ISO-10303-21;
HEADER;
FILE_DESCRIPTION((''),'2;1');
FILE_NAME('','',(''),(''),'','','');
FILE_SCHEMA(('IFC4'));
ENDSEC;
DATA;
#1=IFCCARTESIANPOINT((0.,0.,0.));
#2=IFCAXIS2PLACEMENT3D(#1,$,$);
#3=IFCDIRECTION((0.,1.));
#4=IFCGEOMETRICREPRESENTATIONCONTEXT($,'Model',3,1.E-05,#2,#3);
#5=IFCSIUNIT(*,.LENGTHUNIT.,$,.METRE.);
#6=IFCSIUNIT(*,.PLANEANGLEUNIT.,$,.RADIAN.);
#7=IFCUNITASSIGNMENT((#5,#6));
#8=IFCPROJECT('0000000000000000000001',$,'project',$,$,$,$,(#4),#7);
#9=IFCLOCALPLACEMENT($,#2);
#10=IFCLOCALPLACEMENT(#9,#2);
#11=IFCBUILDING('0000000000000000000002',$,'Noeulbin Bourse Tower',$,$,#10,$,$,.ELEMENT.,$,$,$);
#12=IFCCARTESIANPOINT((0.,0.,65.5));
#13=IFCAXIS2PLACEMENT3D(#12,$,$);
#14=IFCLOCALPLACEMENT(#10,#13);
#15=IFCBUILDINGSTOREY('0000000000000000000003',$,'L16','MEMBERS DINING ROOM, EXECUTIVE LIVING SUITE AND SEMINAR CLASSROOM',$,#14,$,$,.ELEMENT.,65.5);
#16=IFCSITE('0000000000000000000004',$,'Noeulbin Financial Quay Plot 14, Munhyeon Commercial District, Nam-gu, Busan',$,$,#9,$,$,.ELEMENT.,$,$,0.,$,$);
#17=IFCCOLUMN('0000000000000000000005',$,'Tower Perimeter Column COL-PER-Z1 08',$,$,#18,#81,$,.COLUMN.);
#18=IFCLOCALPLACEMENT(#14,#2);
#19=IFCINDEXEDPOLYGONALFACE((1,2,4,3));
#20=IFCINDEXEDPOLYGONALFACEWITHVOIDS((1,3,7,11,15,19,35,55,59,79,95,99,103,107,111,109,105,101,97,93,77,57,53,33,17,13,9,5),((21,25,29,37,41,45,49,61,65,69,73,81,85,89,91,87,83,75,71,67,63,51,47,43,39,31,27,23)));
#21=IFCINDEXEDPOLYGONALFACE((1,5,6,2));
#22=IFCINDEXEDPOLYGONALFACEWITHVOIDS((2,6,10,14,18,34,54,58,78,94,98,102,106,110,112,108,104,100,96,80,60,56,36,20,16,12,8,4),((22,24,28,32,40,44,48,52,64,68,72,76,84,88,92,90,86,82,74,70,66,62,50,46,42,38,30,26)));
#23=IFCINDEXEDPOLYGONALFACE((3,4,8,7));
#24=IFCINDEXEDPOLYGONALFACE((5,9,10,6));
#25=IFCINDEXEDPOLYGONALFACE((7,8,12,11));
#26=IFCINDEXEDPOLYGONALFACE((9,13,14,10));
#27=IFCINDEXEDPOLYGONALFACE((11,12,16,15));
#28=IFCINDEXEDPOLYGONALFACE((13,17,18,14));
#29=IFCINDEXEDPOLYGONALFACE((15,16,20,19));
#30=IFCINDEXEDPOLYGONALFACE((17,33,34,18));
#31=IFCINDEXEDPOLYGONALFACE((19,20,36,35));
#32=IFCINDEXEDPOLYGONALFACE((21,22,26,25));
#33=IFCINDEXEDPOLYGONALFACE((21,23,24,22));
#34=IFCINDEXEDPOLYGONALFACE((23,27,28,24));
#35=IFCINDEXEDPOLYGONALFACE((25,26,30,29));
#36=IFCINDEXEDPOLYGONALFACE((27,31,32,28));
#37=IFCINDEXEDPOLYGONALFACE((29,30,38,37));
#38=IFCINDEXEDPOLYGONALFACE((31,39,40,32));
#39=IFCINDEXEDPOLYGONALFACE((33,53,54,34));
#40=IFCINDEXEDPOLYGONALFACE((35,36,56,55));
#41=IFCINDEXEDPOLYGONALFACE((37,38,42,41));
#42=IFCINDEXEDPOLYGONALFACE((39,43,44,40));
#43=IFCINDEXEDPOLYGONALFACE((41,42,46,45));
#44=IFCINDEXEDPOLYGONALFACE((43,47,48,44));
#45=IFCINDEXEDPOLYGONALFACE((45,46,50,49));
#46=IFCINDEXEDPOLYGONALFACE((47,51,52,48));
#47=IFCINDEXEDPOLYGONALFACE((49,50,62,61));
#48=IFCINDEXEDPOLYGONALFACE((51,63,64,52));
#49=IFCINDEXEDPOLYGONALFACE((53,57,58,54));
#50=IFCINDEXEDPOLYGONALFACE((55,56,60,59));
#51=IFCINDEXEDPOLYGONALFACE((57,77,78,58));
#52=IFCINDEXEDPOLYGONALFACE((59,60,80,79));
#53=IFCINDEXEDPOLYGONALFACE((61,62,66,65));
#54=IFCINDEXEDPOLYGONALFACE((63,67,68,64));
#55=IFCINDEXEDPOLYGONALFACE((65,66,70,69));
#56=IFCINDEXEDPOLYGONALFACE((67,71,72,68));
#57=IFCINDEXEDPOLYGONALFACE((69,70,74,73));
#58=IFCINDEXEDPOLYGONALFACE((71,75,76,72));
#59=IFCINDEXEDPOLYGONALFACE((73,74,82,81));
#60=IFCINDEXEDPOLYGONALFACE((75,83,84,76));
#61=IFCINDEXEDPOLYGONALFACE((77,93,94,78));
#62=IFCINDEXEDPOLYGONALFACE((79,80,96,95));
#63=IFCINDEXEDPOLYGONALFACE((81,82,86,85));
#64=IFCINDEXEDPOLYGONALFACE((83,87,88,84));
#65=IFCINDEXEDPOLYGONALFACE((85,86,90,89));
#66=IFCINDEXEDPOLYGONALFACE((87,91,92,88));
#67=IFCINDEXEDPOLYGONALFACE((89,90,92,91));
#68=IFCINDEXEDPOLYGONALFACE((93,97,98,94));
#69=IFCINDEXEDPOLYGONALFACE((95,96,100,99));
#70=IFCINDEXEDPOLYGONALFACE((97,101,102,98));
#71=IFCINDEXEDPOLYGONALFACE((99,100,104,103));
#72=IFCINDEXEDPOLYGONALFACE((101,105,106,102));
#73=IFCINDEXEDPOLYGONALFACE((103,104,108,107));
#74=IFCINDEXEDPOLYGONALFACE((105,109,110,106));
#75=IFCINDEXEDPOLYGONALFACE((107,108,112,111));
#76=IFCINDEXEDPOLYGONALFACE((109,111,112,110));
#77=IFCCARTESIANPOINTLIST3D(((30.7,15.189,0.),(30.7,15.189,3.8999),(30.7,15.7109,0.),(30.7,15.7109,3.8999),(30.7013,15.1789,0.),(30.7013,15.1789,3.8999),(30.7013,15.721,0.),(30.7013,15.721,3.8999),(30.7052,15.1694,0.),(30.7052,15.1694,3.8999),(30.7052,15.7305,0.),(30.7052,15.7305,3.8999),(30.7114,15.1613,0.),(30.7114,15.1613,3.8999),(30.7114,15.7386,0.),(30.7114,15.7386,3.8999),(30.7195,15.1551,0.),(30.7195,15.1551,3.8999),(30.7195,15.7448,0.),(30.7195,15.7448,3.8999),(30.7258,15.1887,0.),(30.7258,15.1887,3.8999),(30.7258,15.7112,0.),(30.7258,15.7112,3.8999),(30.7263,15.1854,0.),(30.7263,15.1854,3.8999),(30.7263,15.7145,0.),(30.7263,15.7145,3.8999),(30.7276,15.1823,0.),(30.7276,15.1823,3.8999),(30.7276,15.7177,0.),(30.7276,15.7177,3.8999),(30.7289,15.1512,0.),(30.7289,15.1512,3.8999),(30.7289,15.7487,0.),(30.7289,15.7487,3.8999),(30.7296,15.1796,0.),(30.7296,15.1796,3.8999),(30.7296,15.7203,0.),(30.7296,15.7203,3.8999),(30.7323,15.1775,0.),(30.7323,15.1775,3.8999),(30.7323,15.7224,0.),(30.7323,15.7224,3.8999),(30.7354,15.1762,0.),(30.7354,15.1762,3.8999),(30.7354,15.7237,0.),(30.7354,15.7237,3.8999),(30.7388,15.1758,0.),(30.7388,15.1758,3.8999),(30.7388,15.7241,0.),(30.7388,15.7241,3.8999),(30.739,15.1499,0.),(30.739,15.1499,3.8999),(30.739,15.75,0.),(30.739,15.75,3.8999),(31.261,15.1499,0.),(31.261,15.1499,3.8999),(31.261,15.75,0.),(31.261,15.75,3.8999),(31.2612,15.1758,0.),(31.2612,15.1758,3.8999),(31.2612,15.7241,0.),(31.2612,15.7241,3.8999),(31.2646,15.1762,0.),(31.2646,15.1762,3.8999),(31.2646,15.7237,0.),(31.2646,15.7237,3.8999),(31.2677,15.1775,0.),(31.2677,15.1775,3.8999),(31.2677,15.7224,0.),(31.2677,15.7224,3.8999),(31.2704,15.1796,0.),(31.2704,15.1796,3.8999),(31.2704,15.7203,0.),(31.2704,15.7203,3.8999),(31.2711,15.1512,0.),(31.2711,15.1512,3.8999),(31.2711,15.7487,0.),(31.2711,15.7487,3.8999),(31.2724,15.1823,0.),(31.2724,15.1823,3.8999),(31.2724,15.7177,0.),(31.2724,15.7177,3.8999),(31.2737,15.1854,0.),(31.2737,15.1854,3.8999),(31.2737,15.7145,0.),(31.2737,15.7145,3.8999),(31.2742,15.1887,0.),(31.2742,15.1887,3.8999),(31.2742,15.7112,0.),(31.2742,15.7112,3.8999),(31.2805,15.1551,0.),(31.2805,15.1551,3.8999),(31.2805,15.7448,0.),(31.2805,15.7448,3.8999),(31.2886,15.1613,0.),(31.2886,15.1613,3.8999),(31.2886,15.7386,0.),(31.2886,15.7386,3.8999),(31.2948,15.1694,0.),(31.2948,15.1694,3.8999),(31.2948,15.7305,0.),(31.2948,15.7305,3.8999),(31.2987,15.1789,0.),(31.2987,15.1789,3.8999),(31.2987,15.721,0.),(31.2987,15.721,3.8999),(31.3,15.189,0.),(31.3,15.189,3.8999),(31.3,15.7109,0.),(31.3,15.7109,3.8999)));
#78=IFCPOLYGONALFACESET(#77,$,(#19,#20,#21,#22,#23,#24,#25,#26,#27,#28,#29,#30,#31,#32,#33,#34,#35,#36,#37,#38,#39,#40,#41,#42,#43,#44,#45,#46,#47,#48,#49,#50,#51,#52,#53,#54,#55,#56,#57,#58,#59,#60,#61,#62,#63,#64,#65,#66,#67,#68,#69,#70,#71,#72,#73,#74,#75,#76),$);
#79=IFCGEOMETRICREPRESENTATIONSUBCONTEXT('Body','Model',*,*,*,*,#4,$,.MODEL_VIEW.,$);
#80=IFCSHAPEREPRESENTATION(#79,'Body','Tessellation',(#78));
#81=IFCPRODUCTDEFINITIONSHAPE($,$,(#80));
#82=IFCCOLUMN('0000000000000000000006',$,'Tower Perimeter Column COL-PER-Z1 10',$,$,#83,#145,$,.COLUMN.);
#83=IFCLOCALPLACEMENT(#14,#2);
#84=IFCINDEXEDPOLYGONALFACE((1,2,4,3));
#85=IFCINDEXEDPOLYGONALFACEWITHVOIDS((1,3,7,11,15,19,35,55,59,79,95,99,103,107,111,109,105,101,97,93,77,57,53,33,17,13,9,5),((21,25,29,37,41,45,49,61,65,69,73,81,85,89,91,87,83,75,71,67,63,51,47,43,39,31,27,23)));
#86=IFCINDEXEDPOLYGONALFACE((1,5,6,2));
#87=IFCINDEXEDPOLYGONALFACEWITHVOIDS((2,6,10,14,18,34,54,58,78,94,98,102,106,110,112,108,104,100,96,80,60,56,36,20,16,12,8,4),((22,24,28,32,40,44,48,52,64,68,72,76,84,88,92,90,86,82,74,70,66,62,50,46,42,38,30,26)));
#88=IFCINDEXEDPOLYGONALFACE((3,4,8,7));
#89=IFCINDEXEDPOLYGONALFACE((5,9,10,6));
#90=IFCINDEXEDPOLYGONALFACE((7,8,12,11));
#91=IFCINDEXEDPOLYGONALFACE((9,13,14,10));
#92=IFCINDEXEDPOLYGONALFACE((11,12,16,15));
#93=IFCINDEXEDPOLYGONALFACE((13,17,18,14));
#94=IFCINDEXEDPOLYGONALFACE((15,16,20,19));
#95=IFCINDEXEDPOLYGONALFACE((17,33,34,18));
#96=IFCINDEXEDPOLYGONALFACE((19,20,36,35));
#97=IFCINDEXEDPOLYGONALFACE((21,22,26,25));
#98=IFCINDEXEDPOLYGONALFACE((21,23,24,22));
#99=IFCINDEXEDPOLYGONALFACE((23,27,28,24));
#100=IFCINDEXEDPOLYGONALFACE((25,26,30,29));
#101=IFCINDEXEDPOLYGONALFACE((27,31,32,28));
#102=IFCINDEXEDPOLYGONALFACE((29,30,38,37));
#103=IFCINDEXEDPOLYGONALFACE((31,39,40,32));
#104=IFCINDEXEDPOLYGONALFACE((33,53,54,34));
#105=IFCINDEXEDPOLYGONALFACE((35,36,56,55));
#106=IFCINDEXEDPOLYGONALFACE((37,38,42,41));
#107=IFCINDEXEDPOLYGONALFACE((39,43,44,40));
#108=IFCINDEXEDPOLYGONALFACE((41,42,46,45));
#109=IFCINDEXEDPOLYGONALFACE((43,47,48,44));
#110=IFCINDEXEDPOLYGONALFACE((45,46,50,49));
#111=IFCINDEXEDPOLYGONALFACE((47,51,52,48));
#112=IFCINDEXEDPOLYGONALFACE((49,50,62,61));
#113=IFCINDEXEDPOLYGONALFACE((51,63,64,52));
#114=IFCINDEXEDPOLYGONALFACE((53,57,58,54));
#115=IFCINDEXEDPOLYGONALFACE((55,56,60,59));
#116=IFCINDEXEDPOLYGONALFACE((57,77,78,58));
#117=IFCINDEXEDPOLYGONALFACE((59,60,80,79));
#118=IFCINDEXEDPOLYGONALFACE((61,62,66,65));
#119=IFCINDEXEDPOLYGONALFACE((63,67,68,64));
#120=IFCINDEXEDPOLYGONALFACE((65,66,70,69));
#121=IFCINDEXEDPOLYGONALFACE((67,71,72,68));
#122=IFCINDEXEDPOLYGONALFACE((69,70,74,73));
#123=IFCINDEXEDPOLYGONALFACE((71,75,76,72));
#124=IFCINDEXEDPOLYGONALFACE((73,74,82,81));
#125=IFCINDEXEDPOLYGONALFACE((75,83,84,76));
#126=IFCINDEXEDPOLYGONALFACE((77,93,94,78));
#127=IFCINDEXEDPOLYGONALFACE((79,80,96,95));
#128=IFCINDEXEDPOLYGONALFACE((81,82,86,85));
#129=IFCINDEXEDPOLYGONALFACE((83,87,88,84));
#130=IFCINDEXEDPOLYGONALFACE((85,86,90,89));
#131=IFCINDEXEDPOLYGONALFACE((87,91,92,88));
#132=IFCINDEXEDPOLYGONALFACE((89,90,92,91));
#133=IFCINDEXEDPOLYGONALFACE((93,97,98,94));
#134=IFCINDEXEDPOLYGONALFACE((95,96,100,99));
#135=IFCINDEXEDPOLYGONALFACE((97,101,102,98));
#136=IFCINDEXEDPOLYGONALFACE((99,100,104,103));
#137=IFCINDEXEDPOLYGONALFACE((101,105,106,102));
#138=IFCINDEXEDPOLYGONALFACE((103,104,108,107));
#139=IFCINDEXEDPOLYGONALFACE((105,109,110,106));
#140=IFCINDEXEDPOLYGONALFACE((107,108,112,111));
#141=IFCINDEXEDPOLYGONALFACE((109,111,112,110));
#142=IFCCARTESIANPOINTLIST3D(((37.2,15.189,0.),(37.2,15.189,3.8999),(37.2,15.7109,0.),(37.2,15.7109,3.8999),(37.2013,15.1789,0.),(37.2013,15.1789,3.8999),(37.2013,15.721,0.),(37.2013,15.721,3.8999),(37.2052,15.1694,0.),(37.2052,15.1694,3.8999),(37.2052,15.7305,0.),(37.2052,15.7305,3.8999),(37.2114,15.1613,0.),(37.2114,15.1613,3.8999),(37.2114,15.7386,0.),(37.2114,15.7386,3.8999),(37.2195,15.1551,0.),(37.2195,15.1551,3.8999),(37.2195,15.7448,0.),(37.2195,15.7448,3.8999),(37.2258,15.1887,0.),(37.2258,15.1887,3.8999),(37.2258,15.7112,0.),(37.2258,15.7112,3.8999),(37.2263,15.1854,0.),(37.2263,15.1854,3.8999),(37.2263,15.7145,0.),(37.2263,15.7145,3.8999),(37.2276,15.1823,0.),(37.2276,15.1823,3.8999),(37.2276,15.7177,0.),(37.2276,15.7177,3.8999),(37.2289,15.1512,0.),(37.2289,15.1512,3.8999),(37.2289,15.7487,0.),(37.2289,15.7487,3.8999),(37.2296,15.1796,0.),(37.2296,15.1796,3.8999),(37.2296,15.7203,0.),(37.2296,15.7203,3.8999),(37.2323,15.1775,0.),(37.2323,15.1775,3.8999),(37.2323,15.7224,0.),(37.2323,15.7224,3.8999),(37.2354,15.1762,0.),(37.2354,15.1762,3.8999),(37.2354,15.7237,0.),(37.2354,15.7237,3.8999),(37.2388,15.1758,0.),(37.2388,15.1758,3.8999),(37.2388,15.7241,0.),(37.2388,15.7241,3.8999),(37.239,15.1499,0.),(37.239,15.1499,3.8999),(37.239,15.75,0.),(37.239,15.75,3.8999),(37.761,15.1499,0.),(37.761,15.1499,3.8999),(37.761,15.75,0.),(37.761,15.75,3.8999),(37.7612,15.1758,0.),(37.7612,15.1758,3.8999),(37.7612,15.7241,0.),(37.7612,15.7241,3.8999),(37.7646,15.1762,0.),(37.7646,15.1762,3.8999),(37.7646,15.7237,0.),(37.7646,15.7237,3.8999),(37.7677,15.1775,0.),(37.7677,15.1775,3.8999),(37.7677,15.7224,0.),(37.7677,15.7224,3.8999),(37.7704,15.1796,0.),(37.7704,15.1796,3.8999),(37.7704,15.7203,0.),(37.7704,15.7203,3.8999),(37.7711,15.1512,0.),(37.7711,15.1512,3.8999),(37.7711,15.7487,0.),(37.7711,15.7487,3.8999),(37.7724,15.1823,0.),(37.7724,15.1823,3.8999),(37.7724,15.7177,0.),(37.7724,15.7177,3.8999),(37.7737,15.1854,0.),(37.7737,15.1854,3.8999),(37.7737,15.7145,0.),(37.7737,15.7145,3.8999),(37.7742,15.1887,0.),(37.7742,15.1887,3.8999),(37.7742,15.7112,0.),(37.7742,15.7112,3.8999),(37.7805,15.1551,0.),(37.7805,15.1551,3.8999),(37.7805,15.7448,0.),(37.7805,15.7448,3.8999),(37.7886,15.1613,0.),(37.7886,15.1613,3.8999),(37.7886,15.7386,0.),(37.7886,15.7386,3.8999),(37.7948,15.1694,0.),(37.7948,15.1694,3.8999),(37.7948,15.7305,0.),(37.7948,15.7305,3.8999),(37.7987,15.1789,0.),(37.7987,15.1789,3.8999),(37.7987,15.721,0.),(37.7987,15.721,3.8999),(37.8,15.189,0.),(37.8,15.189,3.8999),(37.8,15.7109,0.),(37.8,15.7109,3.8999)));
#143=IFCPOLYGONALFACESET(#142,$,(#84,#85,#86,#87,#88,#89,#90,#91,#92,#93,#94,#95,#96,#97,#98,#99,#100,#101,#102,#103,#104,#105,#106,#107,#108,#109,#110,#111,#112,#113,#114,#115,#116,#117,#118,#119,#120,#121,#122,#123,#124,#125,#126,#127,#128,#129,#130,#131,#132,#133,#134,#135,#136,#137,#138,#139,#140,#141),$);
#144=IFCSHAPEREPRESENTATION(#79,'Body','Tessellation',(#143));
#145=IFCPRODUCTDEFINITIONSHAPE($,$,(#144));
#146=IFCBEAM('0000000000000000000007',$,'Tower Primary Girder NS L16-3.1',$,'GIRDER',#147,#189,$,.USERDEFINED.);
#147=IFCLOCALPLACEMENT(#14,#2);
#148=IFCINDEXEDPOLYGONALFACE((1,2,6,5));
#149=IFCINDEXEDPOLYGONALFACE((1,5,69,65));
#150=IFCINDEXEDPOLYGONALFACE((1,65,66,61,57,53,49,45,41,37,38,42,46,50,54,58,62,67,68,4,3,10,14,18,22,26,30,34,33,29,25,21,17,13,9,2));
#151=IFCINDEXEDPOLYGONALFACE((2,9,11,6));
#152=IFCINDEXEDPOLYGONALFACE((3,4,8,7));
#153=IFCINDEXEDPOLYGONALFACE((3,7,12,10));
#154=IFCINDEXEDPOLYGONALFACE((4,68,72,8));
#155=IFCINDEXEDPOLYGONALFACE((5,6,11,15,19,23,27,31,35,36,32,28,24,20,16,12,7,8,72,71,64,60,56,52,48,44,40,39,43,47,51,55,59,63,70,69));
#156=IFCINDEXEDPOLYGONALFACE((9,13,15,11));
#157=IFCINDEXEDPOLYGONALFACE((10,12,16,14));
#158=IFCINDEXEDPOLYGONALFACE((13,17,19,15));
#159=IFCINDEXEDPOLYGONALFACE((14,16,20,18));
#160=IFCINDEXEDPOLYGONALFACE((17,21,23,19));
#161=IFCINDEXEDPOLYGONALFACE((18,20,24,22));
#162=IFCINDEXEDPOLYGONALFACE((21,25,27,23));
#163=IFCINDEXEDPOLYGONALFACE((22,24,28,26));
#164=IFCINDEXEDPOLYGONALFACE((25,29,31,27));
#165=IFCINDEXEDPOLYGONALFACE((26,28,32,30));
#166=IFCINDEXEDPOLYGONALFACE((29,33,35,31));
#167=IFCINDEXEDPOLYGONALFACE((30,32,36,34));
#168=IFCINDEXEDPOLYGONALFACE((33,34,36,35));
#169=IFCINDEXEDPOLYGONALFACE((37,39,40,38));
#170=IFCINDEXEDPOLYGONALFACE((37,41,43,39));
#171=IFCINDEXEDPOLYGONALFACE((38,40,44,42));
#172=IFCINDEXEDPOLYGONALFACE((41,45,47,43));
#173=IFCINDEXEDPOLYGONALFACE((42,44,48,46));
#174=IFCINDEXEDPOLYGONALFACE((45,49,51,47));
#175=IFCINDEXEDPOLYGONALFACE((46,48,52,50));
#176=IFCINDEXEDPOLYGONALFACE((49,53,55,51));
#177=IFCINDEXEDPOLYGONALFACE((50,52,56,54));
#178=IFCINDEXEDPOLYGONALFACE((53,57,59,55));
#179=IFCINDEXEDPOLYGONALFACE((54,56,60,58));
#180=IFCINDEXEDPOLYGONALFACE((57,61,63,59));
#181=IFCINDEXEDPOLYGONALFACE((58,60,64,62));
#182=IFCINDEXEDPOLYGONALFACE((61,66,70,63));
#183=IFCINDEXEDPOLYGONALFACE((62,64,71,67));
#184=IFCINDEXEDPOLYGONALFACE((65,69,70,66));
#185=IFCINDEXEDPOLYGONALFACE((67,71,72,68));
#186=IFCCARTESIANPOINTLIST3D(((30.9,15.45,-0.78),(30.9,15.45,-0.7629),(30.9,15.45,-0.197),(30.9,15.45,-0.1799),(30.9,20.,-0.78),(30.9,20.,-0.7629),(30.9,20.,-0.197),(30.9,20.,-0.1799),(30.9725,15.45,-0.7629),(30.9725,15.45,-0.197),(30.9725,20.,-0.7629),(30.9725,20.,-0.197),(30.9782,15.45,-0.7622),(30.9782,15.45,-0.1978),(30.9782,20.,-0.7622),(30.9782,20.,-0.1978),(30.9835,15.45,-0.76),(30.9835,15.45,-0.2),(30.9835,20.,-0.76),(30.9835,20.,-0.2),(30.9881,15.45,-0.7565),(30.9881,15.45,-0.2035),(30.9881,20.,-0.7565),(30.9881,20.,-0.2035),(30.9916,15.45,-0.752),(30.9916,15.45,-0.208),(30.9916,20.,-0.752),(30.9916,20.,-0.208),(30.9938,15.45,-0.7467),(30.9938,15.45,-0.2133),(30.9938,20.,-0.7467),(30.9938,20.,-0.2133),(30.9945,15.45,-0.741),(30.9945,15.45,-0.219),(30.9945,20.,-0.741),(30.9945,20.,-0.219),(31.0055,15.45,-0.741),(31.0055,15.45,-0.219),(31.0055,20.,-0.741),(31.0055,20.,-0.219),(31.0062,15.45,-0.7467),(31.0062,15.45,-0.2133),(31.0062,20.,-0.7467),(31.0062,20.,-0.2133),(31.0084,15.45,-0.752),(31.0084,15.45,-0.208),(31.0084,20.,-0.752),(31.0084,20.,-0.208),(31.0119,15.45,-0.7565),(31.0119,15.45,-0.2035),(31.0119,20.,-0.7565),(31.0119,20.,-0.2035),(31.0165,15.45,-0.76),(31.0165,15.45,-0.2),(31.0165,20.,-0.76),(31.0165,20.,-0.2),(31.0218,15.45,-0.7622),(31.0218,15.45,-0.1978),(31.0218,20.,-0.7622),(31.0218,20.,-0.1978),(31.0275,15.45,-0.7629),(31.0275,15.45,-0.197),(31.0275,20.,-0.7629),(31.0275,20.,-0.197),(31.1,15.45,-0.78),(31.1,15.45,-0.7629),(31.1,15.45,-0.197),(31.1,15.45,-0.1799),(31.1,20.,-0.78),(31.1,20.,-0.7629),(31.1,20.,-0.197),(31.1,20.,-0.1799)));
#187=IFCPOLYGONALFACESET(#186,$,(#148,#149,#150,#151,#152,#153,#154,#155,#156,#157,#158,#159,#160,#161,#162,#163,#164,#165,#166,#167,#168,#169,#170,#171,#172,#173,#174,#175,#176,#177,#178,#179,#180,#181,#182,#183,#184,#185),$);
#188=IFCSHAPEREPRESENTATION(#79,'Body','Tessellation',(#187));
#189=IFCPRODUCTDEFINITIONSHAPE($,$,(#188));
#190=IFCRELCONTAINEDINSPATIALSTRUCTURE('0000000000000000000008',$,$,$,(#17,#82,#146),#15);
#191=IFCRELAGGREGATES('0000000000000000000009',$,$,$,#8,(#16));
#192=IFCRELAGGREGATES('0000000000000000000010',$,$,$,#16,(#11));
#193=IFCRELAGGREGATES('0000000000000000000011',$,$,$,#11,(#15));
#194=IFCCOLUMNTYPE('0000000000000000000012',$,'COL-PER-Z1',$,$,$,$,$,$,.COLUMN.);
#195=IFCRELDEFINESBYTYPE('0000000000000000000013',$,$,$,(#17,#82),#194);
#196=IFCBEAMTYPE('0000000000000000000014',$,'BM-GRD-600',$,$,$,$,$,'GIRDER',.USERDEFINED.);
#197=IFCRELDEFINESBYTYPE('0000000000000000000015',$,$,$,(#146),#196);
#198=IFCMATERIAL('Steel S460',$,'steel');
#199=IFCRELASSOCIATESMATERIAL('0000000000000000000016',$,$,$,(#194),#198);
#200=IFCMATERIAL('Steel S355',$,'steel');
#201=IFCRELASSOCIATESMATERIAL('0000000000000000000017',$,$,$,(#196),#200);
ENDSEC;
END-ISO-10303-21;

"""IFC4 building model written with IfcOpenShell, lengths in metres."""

from ifc_helpers import new_model, si_unit, direction, frame, origin, origin_2d, place, context, subcontext, project, spatial, hollow_rectangle, i_section, extrude, material, material_profile, profile_set, type_object, element, save


model = new_model("IFC4")

# Units and contexts
model_context = context("Model", 3, precision=1e-05, world=origin(), true_north=direction((0.0, 1.0)))
body_context = subcontext(model_context, "Body", "Model", "MODEL_VIEW")
ifc_project = project(units=[si_unit("LENGTHUNIT", "METRE"), si_unit("PLANEANGLEUNIT", "RADIAN")], contexts=[model_context])

# Site, building, storey
site_placement = place(None, origin())
site = spatial("IfcSite", under=ifc_project, at=site_placement, Name="Noeulbin Financial Quay Plot 14, Munhyeon Commercial District, Nam-gu, Busan", CompositionType="ELEMENT", RefElevation=0.0)
building_placement = place(site_placement, origin())
building = spatial("IfcBuilding", under=site, at=building_placement, Name="Noeulbin Bourse Tower", CompositionType="ELEMENT")
storey_placement = place(building_placement, frame((0.0, 0.0, 65.5)))
storey = spatial("IfcBuildingStorey", under=building, at=storey_placement, Name="L16", Description="MEMBERS DINING ROOM, EXECUTIVE LIVING SUITE AND SEMINAR CLASSROOM", CompositionType="ELEMENT", Elevation=65.5)

# Columns
ifc_material_1 = material(Name="Steel S460", Category="steel")
ifc_material_profile_1 = material_profile(ifc_material_1, hollow_rectangle(XDim=0.6001, YDim=0.6001, WallThickness=0.0259, InnerFilletRadius=0.0129, OuterFilletRadius=0.0391, at=origin_2d()), Name="BOX-600x600x26", Category="LoadBearing")
ifc_profile_set_1 = profile_set([ifc_material_profile_1], Name="Steel S460")
column_type = type_object("IfcColumnType", Name="COL-PER-Z1", PredefinedType="COLUMN", material=ifc_profile_set_1)
for number, where, z_axis, x_axis, name in (
    (1, (31.0, 15.45, 0.0), (0.0, 0.0, 1.0), (1.0, 0.0, 0.0), "Tower Perimeter Column COL-PER-Z1 08"),
    (2, (37.5, 15.45, 0.0), (0.0, 0.0, 1.0), (1.0, 0.0, 0.0), "Tower Perimeter Column COL-PER-Z1 10"),
):
    element("IfcColumn", number, at=place(storey_placement, frame(where, z_axis=z_axis, x_axis=x_axis)), inside=storey, type_object=column_type, Name=name, PredefinedType="COLUMN", context=body_context, shape_type="SweptSolid", body=[
        extrude(hollow_rectangle(XDim=0.6001, YDim=0.6001, WallThickness=0.0259, InnerFilletRadius=0.0129, OuterFilletRadius=0.0391, at=origin_2d()), origin(), (0.0, 0.0, 1.0), 3.8999),
    ])

# Beam
ifc_material_2 = material(Name="Steel S355", Category="steel")
ifc_material_profile_2 = material_profile(ifc_material_2, i_section(OverallWidth=0.2, OverallDepth=0.6001, WebThickness=0.011, FlangeThickness=0.0171, FilletRadius=0.022, at=origin_2d()), Name="H-600x200x11x17", Category="LoadBearing")
ifc_profile_set_2 = profile_set([ifc_material_profile_2], Name="Steel S355")
beam_type_1 = type_object("IfcBeamType", Name="BM-GRD-600", ElementType="GIRDER", PredefinedType="USERDEFINED", material=ifc_profile_set_2)
for number, where, z_axis, x_axis, name in (
    (3, (31.0, 15.45, -0.48), (0.0, 1.0, 0.0), (-1.0, 0.0, 0.0), "Tower Primary Girder NS L16-3.1"),
):
    element("IfcBeam", number, at=place(storey_placement, frame(where, z_axis=z_axis, x_axis=x_axis)), inside=storey, type_object=beam_type_1, Name=name, ObjectType="GIRDER", PredefinedType="USERDEFINED", context=body_context, shape_type="SweptSolid", body=[
        extrude(i_section(OverallWidth=0.2, OverallDepth=0.6001, WebThickness=0.011, FlangeThickness=0.0171, FilletRadius=0.022, at=origin_2d()), origin(), (0.0, 0.0, 1.0), 4.55),
    ])

save(model, "model.ifc")
